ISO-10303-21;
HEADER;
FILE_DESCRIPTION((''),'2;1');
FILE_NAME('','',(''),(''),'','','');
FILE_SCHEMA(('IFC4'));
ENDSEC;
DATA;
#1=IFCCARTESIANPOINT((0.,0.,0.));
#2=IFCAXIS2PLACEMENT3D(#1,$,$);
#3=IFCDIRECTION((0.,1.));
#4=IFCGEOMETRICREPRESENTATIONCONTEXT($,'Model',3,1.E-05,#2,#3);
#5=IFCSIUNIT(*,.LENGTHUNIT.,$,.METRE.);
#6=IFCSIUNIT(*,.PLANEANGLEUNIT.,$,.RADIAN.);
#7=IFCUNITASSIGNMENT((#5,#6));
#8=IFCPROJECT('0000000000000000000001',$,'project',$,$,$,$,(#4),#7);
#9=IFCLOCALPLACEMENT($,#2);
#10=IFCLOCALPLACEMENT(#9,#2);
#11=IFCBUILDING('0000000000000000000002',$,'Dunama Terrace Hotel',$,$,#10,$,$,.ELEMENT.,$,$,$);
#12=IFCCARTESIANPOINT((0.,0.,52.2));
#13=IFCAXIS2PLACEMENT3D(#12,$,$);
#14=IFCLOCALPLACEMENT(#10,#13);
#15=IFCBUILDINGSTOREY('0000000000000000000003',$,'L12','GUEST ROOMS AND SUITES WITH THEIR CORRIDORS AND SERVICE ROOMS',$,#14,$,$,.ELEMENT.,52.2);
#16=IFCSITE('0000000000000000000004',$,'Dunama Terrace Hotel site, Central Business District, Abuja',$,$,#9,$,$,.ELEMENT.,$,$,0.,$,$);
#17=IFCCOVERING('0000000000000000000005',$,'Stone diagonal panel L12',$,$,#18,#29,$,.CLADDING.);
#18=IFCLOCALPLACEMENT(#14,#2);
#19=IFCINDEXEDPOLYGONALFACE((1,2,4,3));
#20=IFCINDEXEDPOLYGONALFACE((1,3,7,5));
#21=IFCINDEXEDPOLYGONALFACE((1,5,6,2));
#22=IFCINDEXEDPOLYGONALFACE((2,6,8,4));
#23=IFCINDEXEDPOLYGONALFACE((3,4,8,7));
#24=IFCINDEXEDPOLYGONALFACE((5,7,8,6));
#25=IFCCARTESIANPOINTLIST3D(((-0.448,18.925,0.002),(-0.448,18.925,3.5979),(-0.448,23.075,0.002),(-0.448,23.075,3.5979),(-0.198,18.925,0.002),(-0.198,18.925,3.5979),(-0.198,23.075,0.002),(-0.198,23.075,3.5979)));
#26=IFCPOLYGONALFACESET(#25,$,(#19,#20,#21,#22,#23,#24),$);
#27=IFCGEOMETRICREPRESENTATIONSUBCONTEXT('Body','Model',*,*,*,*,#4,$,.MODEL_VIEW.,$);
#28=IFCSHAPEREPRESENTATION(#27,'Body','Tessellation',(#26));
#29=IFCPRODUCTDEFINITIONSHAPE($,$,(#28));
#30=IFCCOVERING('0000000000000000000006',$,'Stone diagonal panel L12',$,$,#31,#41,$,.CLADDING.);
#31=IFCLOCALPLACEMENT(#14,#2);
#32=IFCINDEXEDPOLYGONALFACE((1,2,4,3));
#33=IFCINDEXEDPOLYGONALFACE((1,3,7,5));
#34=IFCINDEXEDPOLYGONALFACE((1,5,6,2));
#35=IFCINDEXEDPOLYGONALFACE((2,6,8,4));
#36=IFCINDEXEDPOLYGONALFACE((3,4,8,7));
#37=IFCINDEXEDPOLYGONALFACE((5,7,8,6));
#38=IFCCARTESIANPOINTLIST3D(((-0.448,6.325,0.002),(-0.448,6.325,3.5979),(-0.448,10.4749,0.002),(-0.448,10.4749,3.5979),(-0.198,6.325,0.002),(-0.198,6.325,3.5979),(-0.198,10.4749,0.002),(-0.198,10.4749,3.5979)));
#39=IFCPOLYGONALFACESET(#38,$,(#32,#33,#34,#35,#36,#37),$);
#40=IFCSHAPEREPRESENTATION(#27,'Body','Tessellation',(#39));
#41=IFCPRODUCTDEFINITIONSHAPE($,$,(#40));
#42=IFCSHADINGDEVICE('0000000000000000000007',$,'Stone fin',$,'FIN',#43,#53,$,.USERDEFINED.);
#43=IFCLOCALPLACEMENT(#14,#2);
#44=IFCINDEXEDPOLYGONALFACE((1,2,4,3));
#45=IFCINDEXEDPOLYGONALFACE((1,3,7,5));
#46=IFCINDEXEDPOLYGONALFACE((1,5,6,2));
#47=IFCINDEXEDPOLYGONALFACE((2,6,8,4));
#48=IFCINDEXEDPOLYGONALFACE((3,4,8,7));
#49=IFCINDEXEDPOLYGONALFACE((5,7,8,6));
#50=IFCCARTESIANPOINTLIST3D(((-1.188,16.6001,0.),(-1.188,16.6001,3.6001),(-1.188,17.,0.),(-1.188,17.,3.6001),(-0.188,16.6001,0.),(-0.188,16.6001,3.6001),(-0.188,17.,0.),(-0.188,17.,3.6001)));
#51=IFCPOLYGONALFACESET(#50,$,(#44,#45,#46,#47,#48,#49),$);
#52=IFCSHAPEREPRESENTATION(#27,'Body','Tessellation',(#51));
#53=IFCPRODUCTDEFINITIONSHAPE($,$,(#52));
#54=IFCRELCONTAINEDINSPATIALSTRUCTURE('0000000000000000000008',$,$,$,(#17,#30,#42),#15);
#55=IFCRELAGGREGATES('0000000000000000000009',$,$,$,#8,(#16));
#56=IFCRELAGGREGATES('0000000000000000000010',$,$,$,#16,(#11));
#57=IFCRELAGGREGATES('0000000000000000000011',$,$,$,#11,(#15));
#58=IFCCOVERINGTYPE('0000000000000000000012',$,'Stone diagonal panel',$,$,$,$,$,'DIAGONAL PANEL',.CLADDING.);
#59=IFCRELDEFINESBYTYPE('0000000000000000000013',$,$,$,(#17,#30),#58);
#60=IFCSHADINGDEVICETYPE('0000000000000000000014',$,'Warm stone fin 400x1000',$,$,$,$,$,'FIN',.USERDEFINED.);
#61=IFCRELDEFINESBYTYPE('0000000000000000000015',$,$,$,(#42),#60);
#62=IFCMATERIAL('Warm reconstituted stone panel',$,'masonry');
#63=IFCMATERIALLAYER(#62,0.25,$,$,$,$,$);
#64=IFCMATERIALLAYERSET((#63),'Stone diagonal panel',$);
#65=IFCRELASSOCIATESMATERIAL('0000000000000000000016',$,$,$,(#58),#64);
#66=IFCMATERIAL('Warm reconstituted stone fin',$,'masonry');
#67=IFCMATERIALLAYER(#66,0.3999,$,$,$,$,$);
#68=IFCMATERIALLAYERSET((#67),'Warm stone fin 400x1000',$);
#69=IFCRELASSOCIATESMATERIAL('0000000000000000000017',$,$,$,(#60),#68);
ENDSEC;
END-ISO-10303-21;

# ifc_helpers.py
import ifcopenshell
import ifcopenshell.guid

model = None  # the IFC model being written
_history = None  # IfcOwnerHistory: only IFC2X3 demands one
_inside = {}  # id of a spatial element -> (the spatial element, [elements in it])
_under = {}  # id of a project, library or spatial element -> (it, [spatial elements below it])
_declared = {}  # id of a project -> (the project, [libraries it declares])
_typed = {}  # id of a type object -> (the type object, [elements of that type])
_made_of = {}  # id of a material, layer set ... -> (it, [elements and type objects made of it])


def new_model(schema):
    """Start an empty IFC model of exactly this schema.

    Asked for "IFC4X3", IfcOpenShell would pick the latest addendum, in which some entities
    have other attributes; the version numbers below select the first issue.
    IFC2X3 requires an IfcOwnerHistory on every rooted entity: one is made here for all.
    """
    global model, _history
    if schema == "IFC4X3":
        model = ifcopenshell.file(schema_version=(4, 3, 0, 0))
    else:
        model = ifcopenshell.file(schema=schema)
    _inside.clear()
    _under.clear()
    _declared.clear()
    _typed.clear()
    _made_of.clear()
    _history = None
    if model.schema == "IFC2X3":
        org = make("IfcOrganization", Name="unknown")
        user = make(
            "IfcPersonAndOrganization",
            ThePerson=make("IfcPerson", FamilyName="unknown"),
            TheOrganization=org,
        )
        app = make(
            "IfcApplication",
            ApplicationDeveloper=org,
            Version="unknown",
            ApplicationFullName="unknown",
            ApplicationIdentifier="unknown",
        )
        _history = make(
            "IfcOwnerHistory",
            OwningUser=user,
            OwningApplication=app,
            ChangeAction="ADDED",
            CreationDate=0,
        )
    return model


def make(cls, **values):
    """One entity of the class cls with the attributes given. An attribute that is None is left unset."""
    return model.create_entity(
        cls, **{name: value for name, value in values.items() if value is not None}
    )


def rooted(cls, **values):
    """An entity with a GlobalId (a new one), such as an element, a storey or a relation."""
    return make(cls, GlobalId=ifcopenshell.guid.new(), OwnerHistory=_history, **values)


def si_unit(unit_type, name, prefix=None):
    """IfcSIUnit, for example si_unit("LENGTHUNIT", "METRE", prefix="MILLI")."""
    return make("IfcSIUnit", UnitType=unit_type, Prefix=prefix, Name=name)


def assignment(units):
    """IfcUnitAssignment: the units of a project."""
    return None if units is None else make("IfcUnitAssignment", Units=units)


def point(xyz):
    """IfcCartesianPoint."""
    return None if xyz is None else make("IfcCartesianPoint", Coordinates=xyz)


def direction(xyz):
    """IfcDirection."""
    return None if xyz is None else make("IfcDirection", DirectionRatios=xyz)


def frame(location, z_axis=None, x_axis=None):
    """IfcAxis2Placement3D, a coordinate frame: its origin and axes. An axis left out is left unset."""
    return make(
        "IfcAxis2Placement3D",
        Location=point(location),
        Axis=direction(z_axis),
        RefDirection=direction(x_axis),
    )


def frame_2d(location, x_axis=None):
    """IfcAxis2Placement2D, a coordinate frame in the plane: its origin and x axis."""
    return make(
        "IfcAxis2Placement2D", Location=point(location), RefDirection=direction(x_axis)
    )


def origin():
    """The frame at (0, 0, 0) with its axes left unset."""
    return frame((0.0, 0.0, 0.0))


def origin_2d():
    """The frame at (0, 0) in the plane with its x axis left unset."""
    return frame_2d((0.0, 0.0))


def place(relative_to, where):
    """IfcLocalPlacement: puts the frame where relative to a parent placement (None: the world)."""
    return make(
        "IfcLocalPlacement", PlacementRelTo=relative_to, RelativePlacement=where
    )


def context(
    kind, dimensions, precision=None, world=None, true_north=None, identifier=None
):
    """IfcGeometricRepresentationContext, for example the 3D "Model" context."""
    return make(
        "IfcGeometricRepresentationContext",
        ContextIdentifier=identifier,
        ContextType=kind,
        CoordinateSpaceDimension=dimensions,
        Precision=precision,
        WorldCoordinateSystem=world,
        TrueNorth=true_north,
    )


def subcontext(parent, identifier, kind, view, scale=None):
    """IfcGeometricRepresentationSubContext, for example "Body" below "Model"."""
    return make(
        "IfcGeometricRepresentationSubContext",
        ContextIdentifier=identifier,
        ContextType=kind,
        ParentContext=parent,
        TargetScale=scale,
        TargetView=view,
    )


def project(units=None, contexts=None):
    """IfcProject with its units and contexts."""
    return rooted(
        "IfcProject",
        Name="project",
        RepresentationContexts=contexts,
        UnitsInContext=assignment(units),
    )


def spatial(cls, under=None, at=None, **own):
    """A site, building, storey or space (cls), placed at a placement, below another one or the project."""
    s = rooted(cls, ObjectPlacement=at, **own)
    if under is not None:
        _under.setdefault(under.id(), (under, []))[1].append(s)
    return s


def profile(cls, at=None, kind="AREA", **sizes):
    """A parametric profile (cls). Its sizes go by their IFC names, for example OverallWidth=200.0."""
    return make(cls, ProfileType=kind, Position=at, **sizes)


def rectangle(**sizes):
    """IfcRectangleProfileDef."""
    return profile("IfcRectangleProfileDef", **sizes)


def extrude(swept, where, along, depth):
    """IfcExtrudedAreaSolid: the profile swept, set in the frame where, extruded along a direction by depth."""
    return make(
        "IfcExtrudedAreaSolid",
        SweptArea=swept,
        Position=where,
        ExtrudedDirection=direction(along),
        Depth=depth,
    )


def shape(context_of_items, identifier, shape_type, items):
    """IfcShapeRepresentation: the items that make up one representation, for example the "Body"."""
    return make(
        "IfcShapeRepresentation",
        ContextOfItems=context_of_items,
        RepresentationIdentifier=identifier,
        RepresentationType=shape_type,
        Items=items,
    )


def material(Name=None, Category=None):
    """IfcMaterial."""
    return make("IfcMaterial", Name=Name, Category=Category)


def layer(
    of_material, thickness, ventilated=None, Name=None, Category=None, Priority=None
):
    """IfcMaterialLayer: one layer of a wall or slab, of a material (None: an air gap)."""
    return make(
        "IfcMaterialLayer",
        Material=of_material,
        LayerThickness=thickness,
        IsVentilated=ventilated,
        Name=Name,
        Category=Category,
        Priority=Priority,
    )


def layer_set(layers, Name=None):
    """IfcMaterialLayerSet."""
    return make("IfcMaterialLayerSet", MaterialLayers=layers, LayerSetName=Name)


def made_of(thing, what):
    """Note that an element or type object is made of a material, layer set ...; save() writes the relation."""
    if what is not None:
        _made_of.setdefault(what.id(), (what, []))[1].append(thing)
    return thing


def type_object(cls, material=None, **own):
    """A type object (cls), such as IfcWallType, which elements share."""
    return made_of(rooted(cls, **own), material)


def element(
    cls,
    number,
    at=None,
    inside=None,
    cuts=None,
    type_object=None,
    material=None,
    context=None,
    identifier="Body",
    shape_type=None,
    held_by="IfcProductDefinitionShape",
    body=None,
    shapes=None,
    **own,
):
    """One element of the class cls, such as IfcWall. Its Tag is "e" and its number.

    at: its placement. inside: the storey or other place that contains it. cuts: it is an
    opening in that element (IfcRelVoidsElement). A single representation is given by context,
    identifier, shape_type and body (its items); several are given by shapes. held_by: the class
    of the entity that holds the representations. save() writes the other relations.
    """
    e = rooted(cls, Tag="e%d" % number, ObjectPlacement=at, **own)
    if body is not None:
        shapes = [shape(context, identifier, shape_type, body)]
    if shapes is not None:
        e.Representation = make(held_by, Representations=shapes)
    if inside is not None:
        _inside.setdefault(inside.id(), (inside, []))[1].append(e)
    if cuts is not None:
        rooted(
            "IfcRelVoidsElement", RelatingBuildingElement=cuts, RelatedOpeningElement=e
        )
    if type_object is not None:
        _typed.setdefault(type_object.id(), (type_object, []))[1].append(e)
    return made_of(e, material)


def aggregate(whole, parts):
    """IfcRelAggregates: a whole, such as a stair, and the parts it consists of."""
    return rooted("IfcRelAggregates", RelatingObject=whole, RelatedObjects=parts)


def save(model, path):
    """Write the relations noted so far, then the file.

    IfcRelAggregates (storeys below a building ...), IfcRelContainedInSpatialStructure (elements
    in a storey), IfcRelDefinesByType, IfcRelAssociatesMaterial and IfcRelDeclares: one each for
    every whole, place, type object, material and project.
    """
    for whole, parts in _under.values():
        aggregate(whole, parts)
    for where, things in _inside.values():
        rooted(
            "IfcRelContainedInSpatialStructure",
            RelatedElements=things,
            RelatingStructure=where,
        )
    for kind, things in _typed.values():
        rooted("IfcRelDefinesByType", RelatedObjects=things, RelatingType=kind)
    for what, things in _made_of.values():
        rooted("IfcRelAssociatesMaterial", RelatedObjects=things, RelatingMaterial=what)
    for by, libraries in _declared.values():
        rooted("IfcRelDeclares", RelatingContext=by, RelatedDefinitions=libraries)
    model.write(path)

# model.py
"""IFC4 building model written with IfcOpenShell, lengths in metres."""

from ifc_helpers import new_model, si_unit, direction, frame, origin, origin_2d, place, context, subcontext, project, spatial, rectangle, extrude, material, layer, layer_set, type_object, element, save


model = new_model("IFC4")

# Units and contexts
model_context = context("Model", 3, precision=1e-05, world=origin(), true_north=direction((0.0, 1.0)))
body_context = subcontext(model_context, "Body", "Model", "MODEL_VIEW")
ifc_project = project(units=[si_unit("LENGTHUNIT", "METRE"), si_unit("PLANEANGLEUNIT", "RADIAN")], contexts=[model_context])

# Site, building, storey
site_placement = place(None, origin())
site = spatial("IfcSite", under=ifc_project, at=site_placement, Name="Dunama Terrace Hotel site, Central Business District, Abuja", CompositionType="ELEMENT", RefElevation=0.0)
building_placement = place(site_placement, origin())
building = spatial("IfcBuilding", under=site, at=building_placement, Name="Dunama Terrace Hotel", CompositionType="ELEMENT")
storey_placement = place(building_placement, frame((0.0, 0.0, 52.2)))
storey = spatial("IfcBuildingStorey", under=building, at=storey_placement, Name="L12", Description="GUEST ROOMS AND SUITES WITH THEIR CORRIDORS AND SERVICE ROOMS", CompositionType="ELEMENT", Elevation=52.2)

# Coverings
ifc_material_1 = material(Name="Warm reconstituted stone panel", Category="masonry")
ifc_layer_1 = layer(ifc_material_1, 0.25)
ifc_layer_set_1 = layer_set([ifc_layer_1], Name="Stone diagonal panel")
covering_type = type_object("IfcCoveringType", Name="Stone diagonal panel", ElementType="DIAGONAL PANEL", PredefinedType="CLADDING", material=ifc_layer_set_1)
for number, where, z_axis, x_axis, name in (
    (1, (-0.323, 21.0, 0.002), (0.0, 0.0, 1.0), (0.0, -1.0, 0.0), "Stone diagonal panel L12"),
    (2, (-0.323, 8.3999, 0.002), (0.0, 0.0, 1.0), (0.0, -1.0, 0.0), "Stone diagonal panel L12"),
):
    element("IfcCovering", number, at=place(storey_placement, frame(where, z_axis=z_axis, x_axis=x_axis)), inside=storey, type_object=covering_type, Name=name, PredefinedType="CLADDING", context=body_context, shape_type="SweptSolid", body=[
        extrude(rectangle(XDim=4.1499, YDim=0.25, at=origin_2d()), origin(), (0.0, 0.0, 1.0), 3.5959),
    ])

# Shading device
ifc_material_2 = material(Name="Warm reconstituted stone fin", Category="masonry")
ifc_layer_2 = layer(ifc_material_2, 0.3999)
ifc_layer_set_2 = layer_set([ifc_layer_2], Name="Warm stone fin 400x1000")
shading_device_type = type_object("IfcShadingDeviceType", Name="Warm stone fin 400x1000", ElementType="FIN", PredefinedType="USERDEFINED", material=ifc_layer_set_2)
shading_device_placement = place(storey_placement, frame((-0.688, 16.8, 0.0), z_axis=(0.0, 0.0, 1.0), x_axis=(0.0, -1.0, 0.0)))
element("IfcShadingDevice", 3, at=shading_device_placement, inside=storey, type_object=shading_device_type, Name="Stone fin", ObjectType="FIN", PredefinedType="USERDEFINED", context=body_context, shape_type="SweptSolid", body=[
    extrude(rectangle(XDim=0.3999, YDim=1.0, at=origin_2d()), origin(), (0.0, 0.0, 1.0), 3.6001),
])

save(model, "model.ifc")
